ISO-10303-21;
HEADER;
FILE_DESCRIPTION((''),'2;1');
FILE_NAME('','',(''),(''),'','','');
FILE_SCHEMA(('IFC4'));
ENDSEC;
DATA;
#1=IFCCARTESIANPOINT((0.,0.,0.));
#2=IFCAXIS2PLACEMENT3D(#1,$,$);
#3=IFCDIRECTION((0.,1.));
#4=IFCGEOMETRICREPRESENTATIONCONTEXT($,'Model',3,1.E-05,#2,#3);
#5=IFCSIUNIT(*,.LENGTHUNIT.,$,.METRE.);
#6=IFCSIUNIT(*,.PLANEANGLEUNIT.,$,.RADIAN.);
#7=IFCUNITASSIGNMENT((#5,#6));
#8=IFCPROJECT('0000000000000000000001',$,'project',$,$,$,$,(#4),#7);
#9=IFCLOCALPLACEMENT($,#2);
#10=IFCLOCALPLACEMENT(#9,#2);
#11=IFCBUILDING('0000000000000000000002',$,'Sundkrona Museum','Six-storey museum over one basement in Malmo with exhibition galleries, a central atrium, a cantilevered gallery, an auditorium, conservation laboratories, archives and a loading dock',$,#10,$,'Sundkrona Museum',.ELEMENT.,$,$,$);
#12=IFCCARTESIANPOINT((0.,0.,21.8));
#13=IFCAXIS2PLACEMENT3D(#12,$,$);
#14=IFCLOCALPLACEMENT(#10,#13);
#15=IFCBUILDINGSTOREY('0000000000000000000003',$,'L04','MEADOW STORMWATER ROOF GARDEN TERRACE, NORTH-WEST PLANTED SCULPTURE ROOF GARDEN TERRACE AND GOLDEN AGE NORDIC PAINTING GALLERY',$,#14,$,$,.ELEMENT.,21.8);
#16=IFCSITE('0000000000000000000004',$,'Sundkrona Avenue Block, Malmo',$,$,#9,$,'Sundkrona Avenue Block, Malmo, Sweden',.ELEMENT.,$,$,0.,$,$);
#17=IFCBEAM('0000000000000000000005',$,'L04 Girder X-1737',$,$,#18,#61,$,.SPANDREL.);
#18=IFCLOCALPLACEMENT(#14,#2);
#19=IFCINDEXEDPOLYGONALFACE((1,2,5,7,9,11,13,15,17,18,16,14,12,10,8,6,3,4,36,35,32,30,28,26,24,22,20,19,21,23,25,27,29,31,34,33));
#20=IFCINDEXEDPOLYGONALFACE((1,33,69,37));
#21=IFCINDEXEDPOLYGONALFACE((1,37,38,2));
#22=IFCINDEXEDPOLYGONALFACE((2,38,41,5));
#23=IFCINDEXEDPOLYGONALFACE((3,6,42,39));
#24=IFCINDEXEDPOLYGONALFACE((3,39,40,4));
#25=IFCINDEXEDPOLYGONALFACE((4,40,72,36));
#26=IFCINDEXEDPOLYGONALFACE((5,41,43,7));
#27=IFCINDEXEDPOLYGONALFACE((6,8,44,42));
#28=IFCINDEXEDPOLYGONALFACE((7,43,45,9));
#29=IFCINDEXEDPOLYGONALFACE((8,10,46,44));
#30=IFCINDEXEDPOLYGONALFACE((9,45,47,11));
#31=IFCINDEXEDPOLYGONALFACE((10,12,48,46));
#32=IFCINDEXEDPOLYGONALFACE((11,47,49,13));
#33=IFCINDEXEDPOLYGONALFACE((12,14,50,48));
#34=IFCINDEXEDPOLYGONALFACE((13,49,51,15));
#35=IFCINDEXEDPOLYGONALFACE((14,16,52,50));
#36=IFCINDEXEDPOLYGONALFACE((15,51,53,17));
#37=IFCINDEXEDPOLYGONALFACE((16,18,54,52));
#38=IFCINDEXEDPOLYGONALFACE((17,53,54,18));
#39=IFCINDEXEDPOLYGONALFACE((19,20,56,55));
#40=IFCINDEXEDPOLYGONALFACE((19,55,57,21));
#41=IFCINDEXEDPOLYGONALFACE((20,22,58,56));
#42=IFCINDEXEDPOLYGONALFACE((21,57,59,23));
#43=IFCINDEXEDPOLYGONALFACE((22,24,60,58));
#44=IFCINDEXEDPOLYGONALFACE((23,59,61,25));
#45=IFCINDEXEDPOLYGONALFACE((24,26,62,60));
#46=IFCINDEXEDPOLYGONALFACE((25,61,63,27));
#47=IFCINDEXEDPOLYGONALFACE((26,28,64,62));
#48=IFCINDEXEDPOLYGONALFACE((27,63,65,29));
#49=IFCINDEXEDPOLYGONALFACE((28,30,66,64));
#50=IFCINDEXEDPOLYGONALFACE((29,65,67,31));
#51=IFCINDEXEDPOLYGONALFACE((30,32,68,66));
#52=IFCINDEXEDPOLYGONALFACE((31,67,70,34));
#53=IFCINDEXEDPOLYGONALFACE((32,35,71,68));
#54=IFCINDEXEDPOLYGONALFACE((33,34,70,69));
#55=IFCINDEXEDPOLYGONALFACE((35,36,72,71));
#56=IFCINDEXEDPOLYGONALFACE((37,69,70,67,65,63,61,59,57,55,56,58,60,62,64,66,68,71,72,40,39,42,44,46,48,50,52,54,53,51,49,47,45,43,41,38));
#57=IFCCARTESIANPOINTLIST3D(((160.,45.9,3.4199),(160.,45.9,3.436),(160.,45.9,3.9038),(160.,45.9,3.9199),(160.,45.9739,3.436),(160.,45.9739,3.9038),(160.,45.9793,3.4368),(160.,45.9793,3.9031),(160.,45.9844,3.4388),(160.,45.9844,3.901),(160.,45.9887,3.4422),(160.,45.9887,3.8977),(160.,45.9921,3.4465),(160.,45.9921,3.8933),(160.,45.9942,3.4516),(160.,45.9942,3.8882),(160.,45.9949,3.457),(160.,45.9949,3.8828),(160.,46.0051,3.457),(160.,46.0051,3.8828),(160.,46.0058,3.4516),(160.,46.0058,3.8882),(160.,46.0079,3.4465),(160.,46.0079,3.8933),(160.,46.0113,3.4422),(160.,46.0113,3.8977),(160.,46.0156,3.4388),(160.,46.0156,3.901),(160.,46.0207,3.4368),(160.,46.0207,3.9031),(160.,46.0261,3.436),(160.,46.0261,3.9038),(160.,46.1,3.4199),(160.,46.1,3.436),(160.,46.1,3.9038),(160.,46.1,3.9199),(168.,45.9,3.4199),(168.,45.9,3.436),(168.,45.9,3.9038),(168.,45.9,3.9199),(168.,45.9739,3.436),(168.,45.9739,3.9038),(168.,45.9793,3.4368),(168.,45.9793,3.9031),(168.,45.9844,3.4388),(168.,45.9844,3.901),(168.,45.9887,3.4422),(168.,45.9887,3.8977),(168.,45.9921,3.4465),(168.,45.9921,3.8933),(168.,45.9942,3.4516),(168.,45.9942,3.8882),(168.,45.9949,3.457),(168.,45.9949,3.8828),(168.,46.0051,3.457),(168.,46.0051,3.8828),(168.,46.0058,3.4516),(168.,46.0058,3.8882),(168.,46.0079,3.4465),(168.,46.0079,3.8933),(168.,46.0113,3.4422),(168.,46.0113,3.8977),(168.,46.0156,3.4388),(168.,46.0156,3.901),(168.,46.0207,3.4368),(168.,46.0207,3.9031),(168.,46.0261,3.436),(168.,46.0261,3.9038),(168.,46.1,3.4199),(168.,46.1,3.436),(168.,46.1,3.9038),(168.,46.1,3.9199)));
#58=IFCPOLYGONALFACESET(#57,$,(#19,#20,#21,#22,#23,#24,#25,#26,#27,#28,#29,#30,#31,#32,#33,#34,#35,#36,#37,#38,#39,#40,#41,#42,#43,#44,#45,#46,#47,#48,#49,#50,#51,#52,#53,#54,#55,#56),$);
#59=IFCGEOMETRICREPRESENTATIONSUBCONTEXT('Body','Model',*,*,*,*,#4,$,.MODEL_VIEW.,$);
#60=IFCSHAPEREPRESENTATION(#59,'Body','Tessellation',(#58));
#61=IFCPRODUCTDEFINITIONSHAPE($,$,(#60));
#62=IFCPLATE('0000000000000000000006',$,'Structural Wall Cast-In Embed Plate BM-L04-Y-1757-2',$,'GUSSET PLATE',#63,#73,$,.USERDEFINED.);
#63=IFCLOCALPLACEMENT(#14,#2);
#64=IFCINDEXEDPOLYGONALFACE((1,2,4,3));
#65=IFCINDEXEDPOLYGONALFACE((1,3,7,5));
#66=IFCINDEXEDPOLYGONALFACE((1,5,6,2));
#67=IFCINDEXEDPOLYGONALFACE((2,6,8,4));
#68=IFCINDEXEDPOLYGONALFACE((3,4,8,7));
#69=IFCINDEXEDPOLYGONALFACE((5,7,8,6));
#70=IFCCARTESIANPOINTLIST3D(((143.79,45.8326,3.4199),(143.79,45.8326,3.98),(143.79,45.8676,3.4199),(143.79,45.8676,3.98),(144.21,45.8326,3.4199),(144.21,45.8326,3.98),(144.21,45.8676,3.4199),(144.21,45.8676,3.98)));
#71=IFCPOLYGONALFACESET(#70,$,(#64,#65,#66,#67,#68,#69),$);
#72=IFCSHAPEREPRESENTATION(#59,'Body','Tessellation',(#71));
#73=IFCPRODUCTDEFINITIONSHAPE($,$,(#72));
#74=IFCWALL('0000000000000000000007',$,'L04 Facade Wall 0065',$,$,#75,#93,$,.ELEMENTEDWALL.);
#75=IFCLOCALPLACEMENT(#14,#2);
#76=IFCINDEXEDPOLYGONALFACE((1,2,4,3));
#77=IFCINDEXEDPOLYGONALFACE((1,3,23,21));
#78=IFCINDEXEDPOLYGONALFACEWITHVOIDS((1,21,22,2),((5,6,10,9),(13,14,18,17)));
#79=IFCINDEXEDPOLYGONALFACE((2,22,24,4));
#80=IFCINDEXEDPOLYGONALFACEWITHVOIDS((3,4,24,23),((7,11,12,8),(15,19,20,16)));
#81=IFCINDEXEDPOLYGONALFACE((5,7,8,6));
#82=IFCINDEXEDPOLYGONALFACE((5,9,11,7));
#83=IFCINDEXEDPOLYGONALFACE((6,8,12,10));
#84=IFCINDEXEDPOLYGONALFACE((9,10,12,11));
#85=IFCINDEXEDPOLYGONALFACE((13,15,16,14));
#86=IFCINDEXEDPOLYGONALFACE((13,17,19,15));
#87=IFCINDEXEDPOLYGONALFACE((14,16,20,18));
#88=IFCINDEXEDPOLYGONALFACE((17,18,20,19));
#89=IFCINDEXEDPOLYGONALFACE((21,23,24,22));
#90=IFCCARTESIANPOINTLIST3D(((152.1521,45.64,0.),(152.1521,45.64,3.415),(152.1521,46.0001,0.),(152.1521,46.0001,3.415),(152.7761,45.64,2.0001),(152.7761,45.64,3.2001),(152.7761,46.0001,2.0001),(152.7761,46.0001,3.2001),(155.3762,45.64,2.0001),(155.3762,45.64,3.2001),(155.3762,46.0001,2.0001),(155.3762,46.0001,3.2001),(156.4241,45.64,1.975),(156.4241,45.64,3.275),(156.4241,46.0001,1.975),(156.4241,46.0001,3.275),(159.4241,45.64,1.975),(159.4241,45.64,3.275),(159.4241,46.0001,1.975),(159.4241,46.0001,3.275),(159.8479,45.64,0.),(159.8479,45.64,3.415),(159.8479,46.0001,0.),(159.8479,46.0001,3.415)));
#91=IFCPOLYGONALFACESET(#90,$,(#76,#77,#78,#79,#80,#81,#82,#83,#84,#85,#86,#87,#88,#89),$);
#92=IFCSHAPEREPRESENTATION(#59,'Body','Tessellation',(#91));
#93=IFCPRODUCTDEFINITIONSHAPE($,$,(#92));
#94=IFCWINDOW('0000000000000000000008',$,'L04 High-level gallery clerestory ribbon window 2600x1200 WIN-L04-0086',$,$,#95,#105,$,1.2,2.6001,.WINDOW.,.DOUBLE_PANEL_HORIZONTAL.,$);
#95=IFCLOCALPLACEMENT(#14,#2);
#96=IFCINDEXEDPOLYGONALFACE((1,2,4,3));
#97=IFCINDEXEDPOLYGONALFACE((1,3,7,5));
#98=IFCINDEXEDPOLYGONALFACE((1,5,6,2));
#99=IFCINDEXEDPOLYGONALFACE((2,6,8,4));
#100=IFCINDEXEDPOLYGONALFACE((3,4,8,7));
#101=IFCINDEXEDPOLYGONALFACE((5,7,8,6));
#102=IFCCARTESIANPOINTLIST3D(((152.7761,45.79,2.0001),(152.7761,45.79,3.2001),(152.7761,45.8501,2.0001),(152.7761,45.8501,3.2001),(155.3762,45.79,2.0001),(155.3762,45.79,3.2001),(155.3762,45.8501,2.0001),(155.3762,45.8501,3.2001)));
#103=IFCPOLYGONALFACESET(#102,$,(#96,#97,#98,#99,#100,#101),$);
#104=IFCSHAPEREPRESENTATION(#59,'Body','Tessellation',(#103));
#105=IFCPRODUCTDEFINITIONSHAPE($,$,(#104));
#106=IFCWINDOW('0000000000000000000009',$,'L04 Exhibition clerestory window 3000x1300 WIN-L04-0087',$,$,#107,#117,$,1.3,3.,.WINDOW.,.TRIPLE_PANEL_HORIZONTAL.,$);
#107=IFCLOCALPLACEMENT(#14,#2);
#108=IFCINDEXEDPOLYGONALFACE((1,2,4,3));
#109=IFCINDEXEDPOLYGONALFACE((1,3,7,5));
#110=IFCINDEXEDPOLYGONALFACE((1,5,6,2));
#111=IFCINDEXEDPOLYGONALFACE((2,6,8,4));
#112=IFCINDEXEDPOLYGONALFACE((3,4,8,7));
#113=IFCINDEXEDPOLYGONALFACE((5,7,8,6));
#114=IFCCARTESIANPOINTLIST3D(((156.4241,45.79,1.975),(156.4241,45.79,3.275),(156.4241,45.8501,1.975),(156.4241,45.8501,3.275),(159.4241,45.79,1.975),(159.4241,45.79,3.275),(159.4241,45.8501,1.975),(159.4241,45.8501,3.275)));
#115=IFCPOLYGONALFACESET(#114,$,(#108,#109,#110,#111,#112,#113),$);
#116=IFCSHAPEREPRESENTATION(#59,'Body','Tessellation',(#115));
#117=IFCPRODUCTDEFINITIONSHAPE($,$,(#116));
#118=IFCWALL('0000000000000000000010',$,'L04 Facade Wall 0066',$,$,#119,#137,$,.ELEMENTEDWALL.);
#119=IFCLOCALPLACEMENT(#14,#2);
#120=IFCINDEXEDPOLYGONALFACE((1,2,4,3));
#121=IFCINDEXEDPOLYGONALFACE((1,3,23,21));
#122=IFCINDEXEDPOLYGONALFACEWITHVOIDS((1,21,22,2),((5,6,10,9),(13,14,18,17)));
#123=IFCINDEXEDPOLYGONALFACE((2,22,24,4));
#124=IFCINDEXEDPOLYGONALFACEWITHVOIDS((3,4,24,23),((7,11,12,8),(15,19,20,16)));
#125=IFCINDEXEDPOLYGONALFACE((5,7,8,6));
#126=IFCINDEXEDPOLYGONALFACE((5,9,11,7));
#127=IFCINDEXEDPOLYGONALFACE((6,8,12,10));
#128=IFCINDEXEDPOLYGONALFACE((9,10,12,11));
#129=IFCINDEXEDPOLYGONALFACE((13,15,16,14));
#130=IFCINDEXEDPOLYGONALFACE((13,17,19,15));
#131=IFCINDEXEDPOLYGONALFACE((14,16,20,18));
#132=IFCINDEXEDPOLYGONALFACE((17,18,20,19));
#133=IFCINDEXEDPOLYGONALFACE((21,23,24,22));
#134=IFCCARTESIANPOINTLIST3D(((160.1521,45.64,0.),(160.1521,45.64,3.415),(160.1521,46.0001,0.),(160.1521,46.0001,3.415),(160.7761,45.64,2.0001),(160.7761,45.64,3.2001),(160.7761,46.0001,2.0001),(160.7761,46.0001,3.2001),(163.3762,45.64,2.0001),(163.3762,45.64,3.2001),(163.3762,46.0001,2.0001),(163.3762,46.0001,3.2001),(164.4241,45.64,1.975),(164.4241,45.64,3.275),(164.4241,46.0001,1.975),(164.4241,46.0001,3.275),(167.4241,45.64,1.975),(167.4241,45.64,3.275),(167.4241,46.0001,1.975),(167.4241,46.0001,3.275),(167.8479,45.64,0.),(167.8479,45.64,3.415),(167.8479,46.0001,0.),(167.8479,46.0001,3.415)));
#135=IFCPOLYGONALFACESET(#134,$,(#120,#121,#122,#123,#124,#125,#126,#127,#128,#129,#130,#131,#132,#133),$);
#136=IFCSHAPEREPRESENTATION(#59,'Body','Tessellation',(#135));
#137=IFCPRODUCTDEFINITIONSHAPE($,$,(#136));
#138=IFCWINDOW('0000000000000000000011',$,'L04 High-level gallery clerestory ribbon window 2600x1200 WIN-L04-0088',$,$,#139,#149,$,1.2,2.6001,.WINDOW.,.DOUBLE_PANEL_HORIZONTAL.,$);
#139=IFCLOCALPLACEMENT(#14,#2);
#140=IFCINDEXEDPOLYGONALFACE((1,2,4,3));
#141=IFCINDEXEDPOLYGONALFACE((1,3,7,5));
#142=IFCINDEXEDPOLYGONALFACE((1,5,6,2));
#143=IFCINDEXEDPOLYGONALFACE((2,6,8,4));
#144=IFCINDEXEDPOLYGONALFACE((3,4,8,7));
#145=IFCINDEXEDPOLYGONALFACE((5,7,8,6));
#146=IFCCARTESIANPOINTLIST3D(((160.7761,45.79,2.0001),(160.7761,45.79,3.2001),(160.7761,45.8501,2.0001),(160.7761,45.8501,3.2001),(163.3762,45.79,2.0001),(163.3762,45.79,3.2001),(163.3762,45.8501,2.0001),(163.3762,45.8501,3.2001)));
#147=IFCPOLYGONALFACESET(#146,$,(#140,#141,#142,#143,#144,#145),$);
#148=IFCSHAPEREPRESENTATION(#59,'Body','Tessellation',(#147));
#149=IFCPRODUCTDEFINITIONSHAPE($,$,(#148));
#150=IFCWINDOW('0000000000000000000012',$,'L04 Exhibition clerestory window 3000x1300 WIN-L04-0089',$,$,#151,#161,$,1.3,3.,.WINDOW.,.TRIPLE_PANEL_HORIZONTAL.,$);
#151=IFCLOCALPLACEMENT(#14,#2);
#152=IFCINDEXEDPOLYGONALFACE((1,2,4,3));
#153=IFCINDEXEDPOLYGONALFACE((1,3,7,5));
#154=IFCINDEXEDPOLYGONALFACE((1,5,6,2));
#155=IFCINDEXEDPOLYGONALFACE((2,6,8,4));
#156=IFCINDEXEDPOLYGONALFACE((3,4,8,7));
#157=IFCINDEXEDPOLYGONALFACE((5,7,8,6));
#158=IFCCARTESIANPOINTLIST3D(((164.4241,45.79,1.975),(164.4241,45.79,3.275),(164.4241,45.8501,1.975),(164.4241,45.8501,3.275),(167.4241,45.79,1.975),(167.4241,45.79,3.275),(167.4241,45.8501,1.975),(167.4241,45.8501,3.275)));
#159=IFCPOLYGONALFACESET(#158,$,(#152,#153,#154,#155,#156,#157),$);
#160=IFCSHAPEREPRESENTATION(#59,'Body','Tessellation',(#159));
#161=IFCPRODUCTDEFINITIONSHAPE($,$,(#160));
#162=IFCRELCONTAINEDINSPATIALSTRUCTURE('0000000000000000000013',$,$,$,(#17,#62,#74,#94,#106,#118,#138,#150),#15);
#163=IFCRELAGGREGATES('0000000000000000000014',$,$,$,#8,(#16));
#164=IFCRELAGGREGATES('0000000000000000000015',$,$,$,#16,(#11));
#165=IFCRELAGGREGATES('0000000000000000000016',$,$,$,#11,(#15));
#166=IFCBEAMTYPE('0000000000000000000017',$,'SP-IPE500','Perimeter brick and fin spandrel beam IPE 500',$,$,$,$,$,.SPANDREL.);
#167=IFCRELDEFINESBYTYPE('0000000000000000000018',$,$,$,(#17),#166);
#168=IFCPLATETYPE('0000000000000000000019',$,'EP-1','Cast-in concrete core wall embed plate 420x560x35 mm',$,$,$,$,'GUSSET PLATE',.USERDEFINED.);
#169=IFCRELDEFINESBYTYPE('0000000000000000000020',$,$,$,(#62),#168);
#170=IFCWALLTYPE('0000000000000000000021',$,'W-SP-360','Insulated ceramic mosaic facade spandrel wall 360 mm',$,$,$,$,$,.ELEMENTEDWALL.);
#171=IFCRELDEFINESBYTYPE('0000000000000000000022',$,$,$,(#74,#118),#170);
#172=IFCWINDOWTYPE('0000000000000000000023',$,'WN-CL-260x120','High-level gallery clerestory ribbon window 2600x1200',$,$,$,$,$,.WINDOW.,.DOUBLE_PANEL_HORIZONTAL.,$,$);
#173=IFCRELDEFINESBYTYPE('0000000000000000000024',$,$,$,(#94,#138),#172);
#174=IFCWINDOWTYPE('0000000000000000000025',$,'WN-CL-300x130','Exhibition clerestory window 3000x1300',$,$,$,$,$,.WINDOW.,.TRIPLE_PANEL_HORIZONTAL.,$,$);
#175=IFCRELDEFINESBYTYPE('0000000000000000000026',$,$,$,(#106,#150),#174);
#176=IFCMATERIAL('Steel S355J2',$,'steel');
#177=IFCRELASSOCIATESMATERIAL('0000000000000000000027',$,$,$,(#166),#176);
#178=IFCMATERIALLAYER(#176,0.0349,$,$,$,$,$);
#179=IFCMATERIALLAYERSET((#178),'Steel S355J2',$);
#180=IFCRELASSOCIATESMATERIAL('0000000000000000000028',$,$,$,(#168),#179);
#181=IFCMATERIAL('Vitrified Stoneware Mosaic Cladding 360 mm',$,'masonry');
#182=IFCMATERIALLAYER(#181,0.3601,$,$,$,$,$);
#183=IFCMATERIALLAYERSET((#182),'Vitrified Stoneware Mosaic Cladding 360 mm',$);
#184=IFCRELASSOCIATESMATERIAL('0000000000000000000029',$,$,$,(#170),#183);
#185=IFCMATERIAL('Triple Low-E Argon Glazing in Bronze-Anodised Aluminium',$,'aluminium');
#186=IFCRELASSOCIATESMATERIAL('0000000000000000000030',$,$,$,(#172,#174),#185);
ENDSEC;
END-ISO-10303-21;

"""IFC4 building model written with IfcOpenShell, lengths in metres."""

from ifc_helpers import new_model, si_unit, direction, frame, frame_2d, origin, origin_2d, place, context, subcontext, project, spatial, rectangle, i_section, extrude, material, layer, layer_set, material_profile, profile_set, type_object, element, fill, save


model = new_model("IFC4")

# Units and contexts
model_context = context("Model", 3, precision=1e-05, world=origin(), true_north=direction((0.0, 1.0)))
body_context = subcontext(model_context, "Body", "Model", "MODEL_VIEW")
ifc_project = project(units=[si_unit("LENGTHUNIT", "METRE"), si_unit("PLANEANGLEUNIT", "RADIAN")], contexts=[model_context])

# Site, building, storey
site_placement = place(None, origin())
site = spatial("IfcSite", under=ifc_project, at=site_placement, Name="Sundkrona Avenue Block, Malmo", LongName="Sundkrona Avenue Block, Malmo, Sweden", CompositionType="ELEMENT", RefElevation=0.0)
building_placement = place(site_placement, origin())
building = spatial("IfcBuilding", under=site, at=building_placement, Name="Sundkrona Museum", Description="Six-storey museum over one basement in Malmo with exhibition galleries, a central atrium, a cantilevered gallery, an auditorium, conservation laboratories, archives and a loading dock", LongName="Sundkrona Museum", CompositionType="ELEMENT")
storey_placement = place(building_placement, frame((0.0, 0.0, 21.8)))
storey = spatial("IfcBuildingStorey", under=building, at=storey_placement, Name="L04", Description="MEADOW STORMWATER ROOF GARDEN TERRACE, NORTH-WEST PLANTED SCULPTURE ROOF GARDEN TERRACE AND GOLDEN AGE NORDIC PAINTING GALLERY", CompositionType="ELEMENT", Elevation=21.8)

# Shared definitions
ifc_material_1 = material(Name="Steel S355J2", Category="steel")

# Beam
ifc_material_profile_1 = material_profile(ifc_material_1, i_section(OverallWidth=0.2, OverallDepth=0.5, WebThickness=0.0103, FlangeThickness=0.0161, FilletRadius=0.021, at=origin_2d()), Name="IPE 500")
ifc_profile_set_1 = profile_set([ifc_material_profile_1], Name="Steel S355J2")
beam_type = type_object("IfcBeamType", Name="SP-IPE500", Description="Perimeter brick and fin spandrel beam IPE 500", PredefinedType="SPANDREL", material=ifc_profile_set_1)
for number, where, z_axis, x_axis, name in (
    (1, (160.0, 46.0, 3.6699), (1.0, 0.0, 0.0), (0.0, 1.0, 0.0), "L04 Girder X-1737"),
):
    element("IfcBeam", number, at=place(storey_placement, frame(where, z_axis=z_axis, x_axis=x_axis)), inside=storey, type_object=beam_type, Name=name, PredefinedType="SPANDREL", context=body_context, shape_type="SweptSolid", body=[
        extrude(i_section(OverallWidth=0.2, OverallDepth=0.5, WebThickness=0.0103, FlangeThickness=0.0161, FilletRadius=0.021, at=origin_2d()), origin(), (0.0, 0.0, 1.0), 8.0),
    ])

# Plate
ifc_layer_1 = layer(ifc_material_1, 0.0349)
ifc_layer_set_1 = layer_set([ifc_layer_1], Name="Steel S355J2")
plate_type = type_object("IfcPlateType", Name="EP-1", Description="Cast-in concrete core wall embed plate 420x560x35 mm", ElementType="GUSSET PLATE", PredefinedType="USERDEFINED", material=ifc_layer_set_1)
plate_placement = place(storey_placement, frame((144.0, 45.8501, 3.4199), z_axis=(0.0, 0.0, 1.0), x_axis=(1.0, 0.0, 0.0)))
element("IfcPlate", 2, at=plate_placement, inside=storey, type_object=plate_type, Name="Structural Wall Cast-In Embed Plate BM-L04-Y-1757-2", ObjectType="GUSSET PLATE", PredefinedType="USERDEFINED", context=body_context, shape_type="SweptSolid", body=[
    extrude(rectangle(XDim=0.4199, YDim=0.0349, at=origin_2d()), origin(), (0.0, 0.0, 1.0), 0.5601),
])

# Walls, openings, windows
ifc_material_2 = material(Name="Vitrified Stoneware Mosaic Cladding 360 mm", Category="masonry")
ifc_layer_2 = layer(ifc_material_2, 0.3601)
ifc_layer_set_2 = layer_set([ifc_layer_2], Name="Vitrified Stoneware Mosaic Cladding 360 mm")
wall_type = type_object("IfcWallType", Name="W-SP-360", Description="Insulated ceramic mosaic facade spandrel wall 360 mm", PredefinedType="ELEMENTEDWALL", material=ifc_layer_set_2)
wall_1_placement = place(storey_placement, frame((152.1521, 45.8201, 0.0), z_axis=(0.0, 0.0, 1.0), x_axis=(1.0, 0.0, 0.0)))
wall_1 = element("IfcWall", 3, at=wall_1_placement, inside=storey, type_object=wall_type, Name="L04 Facade Wall 0065", PredefinedType="ELEMENTEDWALL", context=body_context, shape_type="SweptSolid", body=[
    extrude(rectangle(XDim=7.6958, YDim=0.3601, at=frame_2d((3.8479, 0.0))), origin(), (0.0, 0.0, 1.0), 3.415),
])
opening_1_placement = place(wall_1_placement, frame((0.624, 0.0, 2.0)))
opening_1 = element("IfcOpeningElement", 4, at=opening_1_placement, cuts=wall_1, PredefinedType="OPENING", context=body_context, shape_type="SweptSolid", body=[
    extrude(rectangle(XDim=2.6001, YDim=1.2, at=frame_2d((1.3, 0.6001))), frame((0.0, 0.1899, 0.0), z_axis=(0.0, -1.0, 0.0), x_axis=(1.0, 0.0, 0.0)), (0.0, 0.0, 1.0), 0.3801),
])
opening_2_placement = place(wall_1_placement, frame((4.272, 0.0, 1.9751)))
opening_2 = element("IfcOpeningElement", 5, at=opening_2_placement, cuts=wall_1, PredefinedType="OPENING", context=body_context, shape_type="SweptSolid", body=[
    extrude(rectangle(XDim=3.0, YDim=1.3, at=frame_2d((1.5, 0.6499))), frame((0.0, 0.1899, 0.0), z_axis=(0.0, -1.0, 0.0), x_axis=(1.0, 0.0, 0.0)), (0.0, 0.0, 1.0), 0.3801),
])
ifc_material_3 = material(Name="Triple Low-E Argon Glazing in Bronze-Anodised Aluminium", Category="aluminium")
window_type_1 = type_object("IfcWindowType", Name="WN-CL-260x120", Description="High-level gallery clerestory ribbon window 2600x1200", PartitioningType="DOUBLE_PANEL_HORIZONTAL", PredefinedType="WINDOW", material=ifc_material_3)
window_1_placement = place(opening_1_placement, origin())
window_1 = element("IfcWindow", 6, at=window_1_placement, inside=storey, type_object=window_type_1, Name="L04 High-level gallery clerestory ribbon window 2600x1200 WIN-L04-0086", OverallHeight=1.2, OverallWidth=2.6001, PartitioningType="DOUBLE_PANEL_HORIZONTAL", PredefinedType="WINDOW", context=body_context, shape_type="SweptSolid", body=[
    extrude(rectangle(XDim=2.6001, YDim=1.2, at=frame_2d((1.3, 0.6001))), frame((0.0, 0.03, 0.0), z_axis=(0.0, -1.0, 0.0), x_axis=(1.0, 0.0, 0.0)), (0.0, 0.0, 1.0), 0.0601),
])
fill(opening_1, window_1)
window_type_2 = type_object("IfcWindowType", Name="WN-CL-300x130", Description="Exhibition clerestory window 3000x1300", PartitioningType="TRIPLE_PANEL_HORIZONTAL", PredefinedType="WINDOW", material=ifc_material_3)
window_2_placement = place(opening_2_placement, origin())
window_2 = element("IfcWindow", 7, at=window_2_placement, inside=storey, type_object=window_type_2, Name="L04 Exhibition clerestory window 3000x1300 WIN-L04-0087", OverallHeight=1.3, OverallWidth=3.0, PartitioningType="TRIPLE_PANEL_HORIZONTAL", PredefinedType="WINDOW", context=body_context, shape_type="SweptSolid", body=[
    extrude(rectangle(XDim=3.0, YDim=1.3, at=frame_2d((1.5, 0.6499))), frame((0.0, 0.03, 0.0), z_axis=(0.0, -1.0, 0.0), x_axis=(1.0, 0.0, 0.0)), (0.0, 0.0, 1.0), 0.0601),
])
fill(opening_2, window_2)
wall_2_placement = place(storey_placement, frame((160.1521, 45.8201, 0.0), z_axis=(0.0, 0.0, 1.0), x_axis=(1.0, 0.0, 0.0)))
wall_2 = element("IfcWall", 8, at=wall_2_placement, inside=storey, type_object=wall_type, Name="L04 Facade Wall 0066", PredefinedType="ELEMENTEDWALL", context=body_context, shape_type="SweptSolid", body=[
    extrude(rectangle(XDim=7.6958, YDim=0.3601, at=frame_2d((3.8479, 0.0))), origin(), (0.0, 0.0, 1.0), 3.415),
])
opening_3_placement = place(wall_2_placement, frame((0.624, 0.0, 2.0)))
opening_3 = element("IfcOpeningElement", 9, at=opening_3_placement, cuts=wall_2, PredefinedType="OPENING", context=body_context, shape_type="SweptSolid", body=[
    extrude(rectangle(XDim=2.6001, YDim=1.2, at=frame_2d((1.3, 0.6001))), frame((0.0, 0.1899, 0.0), z_axis=(0.0, -1.0, 0.0), x_axis=(1.0, 0.0, 0.0)), (0.0, 0.0, 1.0), 0.3801),
])
opening_4_placement = place(wall_2_placement, frame((4.272, 0.0, 1.9751)))
opening_4 = element("IfcOpeningElement", 10, at=opening_4_placement, cuts=wall_2, PredefinedType="OPENING", context=body_context, shape_type="SweptSolid", body=[
    extrude(rectangle(XDim=3.0, YDim=1.3, at=frame_2d((1.5, 0.6499))), frame((0.0, 0.1899, 0.0), z_axis=(0.0, -1.0, 0.0), x_axis=(1.0, 0.0, 0.0)), (0.0, 0.0, 1.0), 0.3801),
])
window_3_placement = place(opening_3_placement, origin())
window_3 = element("IfcWindow", 11, at=window_3_placement, inside=storey, type_object=window_type_1, Name="L04 High-level gallery clerestory ribbon window 2600x1200 WIN-L04-0088", OverallHeight=1.2, OverallWidth=2.6001, PartitioningType="DOUBLE_PANEL_HORIZONTAL", PredefinedType="WINDOW", context=body_context, shape_type="SweptSolid", body=[
    extrude(rectangle(XDim=2.6001, YDim=1.2, at=frame_2d((1.3, 0.6001))), frame((0.0, 0.03, 0.0), z_axis=(0.0, -1.0, 0.0), x_axis=(1.0, 0.0, 0.0)), (0.0, 0.0, 1.0), 0.0601),
])
fill(opening_3, window_3)
window_4_placement = place(opening_4_placement, origin())
window_4 = element("IfcWindow", 12, at=window_4_placement, inside=storey, type_object=window_type_2, Name="L04 Exhibition clerestory window 3000x1300 WIN-L04-0089", OverallHeight=1.3, OverallWidth=3.0, PartitioningType="TRIPLE_PANEL_HORIZONTAL", PredefinedType="WINDOW", context=body_context, shape_type="SweptSolid", body=[
    extrude(rectangle(XDim=3.0, YDim=1.3, at=frame_2d((1.5, 0.6499))), frame((0.0, 0.03, 0.0), z_axis=(0.0, -1.0, 0.0), x_axis=(1.0, 0.0, 0.0)), (0.0, 0.0, 1.0), 0.0601),
])
fill(opening_4, window_4)

save(model, "model.ifc")
